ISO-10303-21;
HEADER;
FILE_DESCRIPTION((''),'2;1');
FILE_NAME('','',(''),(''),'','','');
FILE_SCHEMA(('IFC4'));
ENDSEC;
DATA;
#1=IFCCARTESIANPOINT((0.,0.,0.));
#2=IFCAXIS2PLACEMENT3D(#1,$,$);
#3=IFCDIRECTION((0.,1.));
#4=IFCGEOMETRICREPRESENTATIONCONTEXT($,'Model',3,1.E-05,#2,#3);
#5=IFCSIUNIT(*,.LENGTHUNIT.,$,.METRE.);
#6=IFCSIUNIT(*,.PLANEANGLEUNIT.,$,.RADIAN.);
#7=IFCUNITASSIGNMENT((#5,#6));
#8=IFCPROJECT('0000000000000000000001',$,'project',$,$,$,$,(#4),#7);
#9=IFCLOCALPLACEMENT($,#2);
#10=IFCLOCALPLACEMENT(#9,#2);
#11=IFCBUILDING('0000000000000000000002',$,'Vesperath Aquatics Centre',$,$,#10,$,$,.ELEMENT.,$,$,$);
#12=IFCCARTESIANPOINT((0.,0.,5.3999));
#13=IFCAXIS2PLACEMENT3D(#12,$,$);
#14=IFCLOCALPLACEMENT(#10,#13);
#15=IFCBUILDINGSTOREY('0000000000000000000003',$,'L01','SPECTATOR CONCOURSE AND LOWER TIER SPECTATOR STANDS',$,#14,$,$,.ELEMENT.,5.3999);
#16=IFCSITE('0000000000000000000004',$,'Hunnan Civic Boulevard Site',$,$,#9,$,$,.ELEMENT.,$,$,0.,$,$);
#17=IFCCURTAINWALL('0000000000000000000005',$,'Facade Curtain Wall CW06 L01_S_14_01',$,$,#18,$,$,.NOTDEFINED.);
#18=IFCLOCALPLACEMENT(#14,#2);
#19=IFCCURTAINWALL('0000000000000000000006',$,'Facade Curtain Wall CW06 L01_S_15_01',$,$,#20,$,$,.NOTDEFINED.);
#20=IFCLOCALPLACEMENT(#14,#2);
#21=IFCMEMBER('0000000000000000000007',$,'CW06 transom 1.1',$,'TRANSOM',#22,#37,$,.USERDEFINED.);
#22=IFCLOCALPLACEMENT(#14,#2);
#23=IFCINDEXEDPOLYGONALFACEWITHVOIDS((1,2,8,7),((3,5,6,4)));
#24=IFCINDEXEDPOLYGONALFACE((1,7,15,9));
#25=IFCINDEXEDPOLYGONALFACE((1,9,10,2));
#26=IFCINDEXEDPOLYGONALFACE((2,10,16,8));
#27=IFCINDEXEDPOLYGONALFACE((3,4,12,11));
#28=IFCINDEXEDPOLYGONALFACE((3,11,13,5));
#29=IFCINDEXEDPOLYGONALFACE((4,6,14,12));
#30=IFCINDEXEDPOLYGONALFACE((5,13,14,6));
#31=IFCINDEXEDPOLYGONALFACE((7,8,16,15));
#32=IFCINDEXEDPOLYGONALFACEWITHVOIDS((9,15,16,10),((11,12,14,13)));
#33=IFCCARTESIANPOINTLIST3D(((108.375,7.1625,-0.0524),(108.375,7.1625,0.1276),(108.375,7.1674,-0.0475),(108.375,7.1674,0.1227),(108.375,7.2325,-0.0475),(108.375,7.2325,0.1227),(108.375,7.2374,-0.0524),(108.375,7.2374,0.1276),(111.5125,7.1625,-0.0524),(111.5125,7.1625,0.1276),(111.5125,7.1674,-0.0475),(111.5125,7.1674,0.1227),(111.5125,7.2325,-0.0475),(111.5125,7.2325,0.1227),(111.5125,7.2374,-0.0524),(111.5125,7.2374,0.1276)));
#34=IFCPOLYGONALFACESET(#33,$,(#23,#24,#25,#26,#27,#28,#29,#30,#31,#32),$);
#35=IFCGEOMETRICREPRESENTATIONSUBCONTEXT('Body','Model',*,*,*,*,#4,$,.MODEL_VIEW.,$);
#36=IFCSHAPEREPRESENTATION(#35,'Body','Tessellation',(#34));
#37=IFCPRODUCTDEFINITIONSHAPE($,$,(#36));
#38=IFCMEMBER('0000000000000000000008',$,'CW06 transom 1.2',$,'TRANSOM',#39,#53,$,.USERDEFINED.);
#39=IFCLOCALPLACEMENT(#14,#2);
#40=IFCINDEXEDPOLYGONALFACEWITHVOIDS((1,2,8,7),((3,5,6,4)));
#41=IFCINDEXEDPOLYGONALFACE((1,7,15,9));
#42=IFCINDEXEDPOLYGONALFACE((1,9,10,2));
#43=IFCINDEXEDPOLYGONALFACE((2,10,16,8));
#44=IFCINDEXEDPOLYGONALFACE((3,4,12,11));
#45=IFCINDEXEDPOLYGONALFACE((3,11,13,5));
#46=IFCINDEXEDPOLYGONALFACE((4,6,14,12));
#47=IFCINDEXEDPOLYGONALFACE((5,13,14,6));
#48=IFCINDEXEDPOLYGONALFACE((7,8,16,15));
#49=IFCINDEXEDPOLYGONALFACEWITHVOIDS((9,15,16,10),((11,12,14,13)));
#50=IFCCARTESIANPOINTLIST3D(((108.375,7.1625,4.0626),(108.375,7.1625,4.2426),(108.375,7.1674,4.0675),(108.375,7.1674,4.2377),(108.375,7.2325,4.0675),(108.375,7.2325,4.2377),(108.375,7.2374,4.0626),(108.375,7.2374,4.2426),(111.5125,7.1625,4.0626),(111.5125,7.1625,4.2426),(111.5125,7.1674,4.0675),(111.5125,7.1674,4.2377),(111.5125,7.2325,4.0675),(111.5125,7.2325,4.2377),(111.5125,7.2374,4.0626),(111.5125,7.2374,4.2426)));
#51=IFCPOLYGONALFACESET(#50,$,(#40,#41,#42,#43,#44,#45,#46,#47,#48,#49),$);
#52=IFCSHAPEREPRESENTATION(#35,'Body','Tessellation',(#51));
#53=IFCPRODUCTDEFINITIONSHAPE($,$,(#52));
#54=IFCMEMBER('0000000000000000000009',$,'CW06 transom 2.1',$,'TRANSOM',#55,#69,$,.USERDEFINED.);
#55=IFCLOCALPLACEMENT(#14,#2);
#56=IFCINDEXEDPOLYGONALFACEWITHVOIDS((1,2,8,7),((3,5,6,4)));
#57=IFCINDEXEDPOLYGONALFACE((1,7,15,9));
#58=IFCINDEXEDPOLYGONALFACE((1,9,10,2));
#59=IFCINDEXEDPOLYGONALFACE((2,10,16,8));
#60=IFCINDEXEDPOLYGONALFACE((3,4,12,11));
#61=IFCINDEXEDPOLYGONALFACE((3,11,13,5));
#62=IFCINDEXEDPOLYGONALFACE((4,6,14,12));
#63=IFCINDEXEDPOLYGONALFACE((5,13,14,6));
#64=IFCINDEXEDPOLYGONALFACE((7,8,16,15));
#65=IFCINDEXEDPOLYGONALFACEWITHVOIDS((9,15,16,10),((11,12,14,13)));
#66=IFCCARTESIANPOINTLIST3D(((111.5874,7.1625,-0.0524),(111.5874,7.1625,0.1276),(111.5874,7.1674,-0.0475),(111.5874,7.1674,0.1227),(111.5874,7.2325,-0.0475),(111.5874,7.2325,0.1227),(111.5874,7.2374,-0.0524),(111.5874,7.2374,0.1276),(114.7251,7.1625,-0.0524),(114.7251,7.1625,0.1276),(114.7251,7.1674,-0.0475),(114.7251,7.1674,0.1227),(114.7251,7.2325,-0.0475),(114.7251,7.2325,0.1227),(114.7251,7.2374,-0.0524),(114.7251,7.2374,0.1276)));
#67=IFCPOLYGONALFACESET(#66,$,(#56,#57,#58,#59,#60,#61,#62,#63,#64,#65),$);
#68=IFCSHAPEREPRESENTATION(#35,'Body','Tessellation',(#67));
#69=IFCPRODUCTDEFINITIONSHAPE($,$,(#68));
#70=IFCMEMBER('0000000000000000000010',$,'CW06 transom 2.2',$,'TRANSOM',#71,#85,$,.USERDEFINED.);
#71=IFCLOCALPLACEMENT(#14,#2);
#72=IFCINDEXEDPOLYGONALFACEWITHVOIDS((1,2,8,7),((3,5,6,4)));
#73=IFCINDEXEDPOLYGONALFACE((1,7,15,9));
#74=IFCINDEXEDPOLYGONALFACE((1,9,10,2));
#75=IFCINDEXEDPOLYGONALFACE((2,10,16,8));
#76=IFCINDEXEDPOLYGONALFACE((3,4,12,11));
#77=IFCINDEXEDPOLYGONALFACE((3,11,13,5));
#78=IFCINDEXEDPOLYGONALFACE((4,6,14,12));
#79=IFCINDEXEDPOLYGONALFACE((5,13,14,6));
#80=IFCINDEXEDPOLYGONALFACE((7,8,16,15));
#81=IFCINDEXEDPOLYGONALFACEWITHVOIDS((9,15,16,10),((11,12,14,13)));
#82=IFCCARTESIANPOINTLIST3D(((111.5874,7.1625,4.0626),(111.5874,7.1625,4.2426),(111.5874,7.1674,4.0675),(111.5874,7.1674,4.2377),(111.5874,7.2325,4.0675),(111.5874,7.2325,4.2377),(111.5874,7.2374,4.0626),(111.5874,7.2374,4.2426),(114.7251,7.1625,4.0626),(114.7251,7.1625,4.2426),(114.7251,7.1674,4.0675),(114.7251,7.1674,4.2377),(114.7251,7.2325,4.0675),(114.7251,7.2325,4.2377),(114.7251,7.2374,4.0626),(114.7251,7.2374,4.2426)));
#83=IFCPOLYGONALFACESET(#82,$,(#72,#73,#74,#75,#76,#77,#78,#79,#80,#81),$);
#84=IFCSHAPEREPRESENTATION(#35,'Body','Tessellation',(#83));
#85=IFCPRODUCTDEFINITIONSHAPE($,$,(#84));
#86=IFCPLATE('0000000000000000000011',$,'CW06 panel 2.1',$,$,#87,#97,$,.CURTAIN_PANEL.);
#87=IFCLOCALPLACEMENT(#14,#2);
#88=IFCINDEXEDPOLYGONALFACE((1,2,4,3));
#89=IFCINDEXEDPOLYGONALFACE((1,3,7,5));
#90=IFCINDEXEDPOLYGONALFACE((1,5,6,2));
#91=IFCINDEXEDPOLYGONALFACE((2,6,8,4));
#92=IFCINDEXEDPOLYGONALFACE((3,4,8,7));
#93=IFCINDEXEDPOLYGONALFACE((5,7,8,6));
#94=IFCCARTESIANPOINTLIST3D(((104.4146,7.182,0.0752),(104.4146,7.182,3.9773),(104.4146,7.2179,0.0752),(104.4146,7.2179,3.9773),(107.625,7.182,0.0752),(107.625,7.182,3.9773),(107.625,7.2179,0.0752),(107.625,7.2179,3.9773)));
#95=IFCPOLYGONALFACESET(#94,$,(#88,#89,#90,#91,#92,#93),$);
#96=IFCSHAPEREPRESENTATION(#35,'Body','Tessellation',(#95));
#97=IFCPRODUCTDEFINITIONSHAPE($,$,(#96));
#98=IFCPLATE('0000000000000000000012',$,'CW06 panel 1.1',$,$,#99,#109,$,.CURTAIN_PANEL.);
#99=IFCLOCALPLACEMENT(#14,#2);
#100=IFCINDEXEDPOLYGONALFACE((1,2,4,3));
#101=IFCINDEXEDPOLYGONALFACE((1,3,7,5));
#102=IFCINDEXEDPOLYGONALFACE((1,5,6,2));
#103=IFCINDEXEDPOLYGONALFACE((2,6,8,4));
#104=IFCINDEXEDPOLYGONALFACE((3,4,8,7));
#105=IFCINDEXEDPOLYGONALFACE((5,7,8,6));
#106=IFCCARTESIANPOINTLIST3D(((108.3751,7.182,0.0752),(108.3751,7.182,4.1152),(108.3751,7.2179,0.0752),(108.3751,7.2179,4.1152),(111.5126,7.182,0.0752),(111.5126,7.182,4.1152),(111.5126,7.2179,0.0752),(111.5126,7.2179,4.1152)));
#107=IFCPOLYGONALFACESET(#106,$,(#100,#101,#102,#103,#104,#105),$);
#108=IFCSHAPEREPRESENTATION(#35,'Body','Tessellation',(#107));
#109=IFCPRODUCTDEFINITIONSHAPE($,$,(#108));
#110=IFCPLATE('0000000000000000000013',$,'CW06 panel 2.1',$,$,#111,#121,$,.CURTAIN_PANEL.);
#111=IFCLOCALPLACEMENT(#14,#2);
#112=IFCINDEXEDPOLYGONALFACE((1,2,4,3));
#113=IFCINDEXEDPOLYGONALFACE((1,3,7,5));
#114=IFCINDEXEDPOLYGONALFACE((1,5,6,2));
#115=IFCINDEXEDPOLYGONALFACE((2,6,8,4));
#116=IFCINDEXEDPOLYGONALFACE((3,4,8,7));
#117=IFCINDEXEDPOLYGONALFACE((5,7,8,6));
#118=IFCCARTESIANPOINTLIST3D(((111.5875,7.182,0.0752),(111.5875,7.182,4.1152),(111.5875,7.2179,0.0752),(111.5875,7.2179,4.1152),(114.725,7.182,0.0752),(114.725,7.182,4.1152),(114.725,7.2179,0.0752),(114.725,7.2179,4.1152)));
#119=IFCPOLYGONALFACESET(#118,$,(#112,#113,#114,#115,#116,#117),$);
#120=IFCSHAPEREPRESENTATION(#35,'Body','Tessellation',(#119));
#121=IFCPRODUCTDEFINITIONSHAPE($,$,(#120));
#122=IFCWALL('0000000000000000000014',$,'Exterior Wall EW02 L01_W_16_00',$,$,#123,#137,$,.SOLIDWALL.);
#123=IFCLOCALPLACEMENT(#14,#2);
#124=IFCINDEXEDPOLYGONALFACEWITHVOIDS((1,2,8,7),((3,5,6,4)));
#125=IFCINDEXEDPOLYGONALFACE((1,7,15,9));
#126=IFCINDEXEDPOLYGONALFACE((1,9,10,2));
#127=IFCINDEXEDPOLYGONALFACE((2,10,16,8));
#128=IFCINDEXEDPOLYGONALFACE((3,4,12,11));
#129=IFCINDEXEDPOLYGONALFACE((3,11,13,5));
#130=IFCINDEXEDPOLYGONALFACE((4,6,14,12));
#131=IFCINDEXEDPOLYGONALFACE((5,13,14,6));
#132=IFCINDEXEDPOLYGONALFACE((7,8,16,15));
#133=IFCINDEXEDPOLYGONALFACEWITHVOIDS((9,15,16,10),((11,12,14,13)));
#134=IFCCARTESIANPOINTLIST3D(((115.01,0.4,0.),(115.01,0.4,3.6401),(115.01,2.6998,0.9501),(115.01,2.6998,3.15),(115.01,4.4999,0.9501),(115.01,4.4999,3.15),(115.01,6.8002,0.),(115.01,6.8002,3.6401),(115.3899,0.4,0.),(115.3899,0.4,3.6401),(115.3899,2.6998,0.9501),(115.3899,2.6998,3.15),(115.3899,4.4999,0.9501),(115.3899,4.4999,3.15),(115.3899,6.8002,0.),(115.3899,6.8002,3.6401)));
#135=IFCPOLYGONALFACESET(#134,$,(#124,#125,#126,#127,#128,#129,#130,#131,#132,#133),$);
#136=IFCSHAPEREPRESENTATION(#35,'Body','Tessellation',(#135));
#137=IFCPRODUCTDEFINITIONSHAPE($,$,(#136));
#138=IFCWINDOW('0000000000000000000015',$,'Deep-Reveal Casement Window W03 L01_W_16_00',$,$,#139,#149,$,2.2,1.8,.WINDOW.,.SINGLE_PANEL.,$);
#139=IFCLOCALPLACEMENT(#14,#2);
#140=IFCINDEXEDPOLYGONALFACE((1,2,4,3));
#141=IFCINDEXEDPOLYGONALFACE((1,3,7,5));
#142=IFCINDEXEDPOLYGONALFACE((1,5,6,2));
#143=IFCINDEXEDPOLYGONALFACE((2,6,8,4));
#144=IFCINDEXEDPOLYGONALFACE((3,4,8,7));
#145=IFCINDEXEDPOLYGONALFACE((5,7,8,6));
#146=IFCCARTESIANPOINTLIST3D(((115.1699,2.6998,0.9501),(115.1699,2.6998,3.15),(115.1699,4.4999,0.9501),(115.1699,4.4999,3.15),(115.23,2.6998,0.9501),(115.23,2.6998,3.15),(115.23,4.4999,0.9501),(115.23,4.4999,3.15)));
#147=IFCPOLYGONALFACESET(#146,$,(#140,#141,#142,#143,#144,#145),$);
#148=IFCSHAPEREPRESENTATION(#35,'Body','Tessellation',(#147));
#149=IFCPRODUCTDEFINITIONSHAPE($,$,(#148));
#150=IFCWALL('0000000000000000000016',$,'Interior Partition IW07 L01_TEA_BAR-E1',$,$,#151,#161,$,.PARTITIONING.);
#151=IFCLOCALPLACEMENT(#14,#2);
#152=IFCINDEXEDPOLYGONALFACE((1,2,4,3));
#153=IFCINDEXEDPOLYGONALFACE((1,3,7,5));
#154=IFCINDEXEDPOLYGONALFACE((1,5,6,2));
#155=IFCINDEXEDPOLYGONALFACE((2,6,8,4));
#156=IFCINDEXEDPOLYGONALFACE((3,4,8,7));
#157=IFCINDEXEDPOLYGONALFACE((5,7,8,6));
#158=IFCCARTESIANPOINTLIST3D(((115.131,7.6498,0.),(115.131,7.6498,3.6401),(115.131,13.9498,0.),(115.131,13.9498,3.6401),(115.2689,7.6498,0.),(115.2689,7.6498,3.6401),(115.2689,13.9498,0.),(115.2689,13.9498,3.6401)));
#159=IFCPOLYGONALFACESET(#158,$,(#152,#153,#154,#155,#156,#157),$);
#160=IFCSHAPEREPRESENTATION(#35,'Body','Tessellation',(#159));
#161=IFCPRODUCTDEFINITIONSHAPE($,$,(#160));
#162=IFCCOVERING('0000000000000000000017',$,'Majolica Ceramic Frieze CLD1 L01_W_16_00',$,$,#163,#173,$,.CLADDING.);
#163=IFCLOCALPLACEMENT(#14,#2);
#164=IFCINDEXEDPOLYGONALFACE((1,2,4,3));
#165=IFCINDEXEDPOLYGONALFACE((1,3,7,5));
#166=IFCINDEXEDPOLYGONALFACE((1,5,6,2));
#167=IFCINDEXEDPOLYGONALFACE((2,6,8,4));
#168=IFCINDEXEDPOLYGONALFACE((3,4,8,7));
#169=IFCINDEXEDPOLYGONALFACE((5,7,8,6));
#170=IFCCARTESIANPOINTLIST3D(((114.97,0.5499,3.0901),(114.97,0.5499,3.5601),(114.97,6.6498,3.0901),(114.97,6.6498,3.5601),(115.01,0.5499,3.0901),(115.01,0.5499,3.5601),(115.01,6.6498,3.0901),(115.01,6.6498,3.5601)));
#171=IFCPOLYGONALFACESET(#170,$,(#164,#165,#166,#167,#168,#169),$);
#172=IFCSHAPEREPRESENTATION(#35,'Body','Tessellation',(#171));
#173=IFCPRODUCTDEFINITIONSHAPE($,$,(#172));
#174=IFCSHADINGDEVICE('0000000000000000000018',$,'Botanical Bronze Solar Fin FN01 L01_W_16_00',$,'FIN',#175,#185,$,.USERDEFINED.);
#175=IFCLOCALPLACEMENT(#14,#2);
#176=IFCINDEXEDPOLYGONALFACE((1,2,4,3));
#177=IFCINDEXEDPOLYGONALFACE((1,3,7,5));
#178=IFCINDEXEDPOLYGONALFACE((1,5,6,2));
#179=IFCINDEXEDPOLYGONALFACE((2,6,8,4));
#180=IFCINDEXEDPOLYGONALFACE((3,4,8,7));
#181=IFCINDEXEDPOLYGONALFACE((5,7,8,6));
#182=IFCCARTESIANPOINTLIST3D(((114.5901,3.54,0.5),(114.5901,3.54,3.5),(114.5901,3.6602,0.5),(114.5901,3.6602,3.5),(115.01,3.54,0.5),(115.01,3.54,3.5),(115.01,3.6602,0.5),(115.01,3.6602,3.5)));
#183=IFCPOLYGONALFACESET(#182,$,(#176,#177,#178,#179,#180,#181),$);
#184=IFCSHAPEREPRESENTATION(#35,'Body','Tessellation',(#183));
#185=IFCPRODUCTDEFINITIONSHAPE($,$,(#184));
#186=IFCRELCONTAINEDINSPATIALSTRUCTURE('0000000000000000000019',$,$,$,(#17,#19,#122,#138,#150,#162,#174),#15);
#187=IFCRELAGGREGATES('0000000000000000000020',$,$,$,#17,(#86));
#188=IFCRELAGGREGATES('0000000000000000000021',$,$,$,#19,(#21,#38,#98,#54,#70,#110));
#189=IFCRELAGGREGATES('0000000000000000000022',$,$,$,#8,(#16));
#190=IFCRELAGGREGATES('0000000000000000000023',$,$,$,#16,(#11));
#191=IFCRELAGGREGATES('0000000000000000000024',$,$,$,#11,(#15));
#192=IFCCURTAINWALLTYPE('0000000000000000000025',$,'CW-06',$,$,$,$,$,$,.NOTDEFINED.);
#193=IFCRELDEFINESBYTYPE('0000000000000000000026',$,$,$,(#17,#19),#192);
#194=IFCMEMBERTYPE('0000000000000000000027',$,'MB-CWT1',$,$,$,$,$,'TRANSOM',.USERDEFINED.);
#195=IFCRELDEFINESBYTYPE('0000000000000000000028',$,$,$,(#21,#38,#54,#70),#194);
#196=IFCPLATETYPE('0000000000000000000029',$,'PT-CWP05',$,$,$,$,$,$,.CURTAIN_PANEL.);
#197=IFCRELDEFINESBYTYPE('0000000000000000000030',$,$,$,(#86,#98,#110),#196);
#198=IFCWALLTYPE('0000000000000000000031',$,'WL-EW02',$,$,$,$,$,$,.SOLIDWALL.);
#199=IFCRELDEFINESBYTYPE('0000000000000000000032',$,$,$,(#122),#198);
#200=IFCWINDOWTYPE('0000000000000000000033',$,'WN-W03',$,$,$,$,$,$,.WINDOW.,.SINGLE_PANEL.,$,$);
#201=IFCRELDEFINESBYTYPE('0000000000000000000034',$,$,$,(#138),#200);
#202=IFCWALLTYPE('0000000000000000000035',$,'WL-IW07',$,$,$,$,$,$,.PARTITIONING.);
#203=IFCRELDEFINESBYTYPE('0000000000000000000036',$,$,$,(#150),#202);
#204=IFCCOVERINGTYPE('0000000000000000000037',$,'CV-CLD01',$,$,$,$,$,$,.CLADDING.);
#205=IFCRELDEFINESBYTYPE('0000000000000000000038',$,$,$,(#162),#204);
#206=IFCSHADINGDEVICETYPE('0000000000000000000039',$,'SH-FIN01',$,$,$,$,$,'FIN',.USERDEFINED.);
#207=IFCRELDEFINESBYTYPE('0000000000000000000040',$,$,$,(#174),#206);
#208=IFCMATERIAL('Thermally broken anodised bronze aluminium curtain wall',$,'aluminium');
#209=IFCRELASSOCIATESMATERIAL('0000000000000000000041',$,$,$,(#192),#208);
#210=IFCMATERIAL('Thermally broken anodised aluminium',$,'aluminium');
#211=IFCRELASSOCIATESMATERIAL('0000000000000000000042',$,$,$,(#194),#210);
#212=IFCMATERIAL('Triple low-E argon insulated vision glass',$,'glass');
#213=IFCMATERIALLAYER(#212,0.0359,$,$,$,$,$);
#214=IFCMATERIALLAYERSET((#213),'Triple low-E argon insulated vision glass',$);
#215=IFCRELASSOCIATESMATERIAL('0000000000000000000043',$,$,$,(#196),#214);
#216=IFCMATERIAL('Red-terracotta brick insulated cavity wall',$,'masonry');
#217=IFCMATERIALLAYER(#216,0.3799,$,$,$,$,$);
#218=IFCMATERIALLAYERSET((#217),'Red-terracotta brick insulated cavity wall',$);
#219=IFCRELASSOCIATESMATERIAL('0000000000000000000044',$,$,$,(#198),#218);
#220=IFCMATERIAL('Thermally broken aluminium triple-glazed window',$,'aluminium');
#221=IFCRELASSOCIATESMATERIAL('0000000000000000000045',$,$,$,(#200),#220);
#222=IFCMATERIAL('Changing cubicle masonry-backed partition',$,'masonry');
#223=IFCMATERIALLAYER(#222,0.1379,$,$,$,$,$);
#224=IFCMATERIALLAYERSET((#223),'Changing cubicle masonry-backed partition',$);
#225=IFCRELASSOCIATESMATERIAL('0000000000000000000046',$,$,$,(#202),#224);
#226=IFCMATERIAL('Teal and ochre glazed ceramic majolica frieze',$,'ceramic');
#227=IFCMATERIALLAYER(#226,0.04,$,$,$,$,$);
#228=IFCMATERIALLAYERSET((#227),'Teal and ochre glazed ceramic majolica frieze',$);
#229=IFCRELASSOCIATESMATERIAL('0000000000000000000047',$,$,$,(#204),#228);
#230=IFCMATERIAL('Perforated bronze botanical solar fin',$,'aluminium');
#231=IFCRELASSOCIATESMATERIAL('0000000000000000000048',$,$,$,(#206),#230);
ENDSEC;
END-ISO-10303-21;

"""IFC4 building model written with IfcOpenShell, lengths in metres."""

from ifc_helpers import new_model, si_unit, direction, frame, frame_2d, origin, origin_2d, place, context, subcontext, project, spatial, rectangle, hollow_rectangle, extrude, material, layer, layer_set, material_profile, profile_set, type_object, element, fill, aggregate, save


model = new_model("IFC4")

# Units and contexts
model_context = context("Model", 3, precision=1e-05, world=origin(), true_north=direction((0.0, 1.0)))
body_context = subcontext(model_context, "Body", "Model", "MODEL_VIEW")
ifc_project = project(units=[si_unit("LENGTHUNIT", "METRE"), si_unit("PLANEANGLEUNIT", "RADIAN")], contexts=[model_context])

# Site, building, storey
site_placement = place(None, origin())
site = spatial("IfcSite", under=ifc_project, at=site_placement, Name="Hunnan Civic Boulevard Site", CompositionType="ELEMENT", RefElevation=0.0)
building_placement = place(site_placement, origin())
building = spatial("IfcBuilding", under=site, at=building_placement, Name="Vesperath Aquatics Centre", CompositionType="ELEMENT")
storey_placement = place(building_placement, frame((0.0, 0.0, 5.3999)))
storey = spatial("IfcBuildingStorey", under=building, at=storey_placement, Name="L01", Description="SPECTATOR CONCOURSE AND LOWER TIER SPECTATOR STANDS", CompositionType="ELEMENT", Elevation=5.3999)

# Shared definitions
ifc_material_1 = material(Name="Thermally broken anodised bronze aluminium curtain wall", Category="aluminium")
curtain_wall_type = type_object("IfcCurtainWallType", Name="CW-06", PredefinedType="NOTDEFINED", material=ifc_material_1)
ifc_material_2 = material(Name="Thermally broken anodised aluminium", Category="aluminium")

# Curtain walls
curtain_wall_1_placement = place(storey_placement, origin())
curtain_wall_1 = element("IfcCurtainWall", 1, at=curtain_wall_1_placement, inside=storey, type_object=curtain_wall_type, Name="Facade Curtain Wall CW06 L01_S_14_01", PredefinedType="NOTDEFINED")
curtain_wall_2_placement = place(storey_placement, origin())
curtain_wall_2 = element("IfcCurtainWall", 2, at=curtain_wall_2_placement, inside=storey, type_object=curtain_wall_type, Name="Facade Curtain Wall CW06 L01_S_15_01", PredefinedType="NOTDEFINED")

# Members
ifc_material_profile_1 = material_profile(ifc_material_2, hollow_rectangle(XDim=0.075, YDim=0.1799, WallThickness=0.0049, at=origin_2d()), Name="CWT 75x180x5")
ifc_profile_set_1 = profile_set([ifc_material_profile_1], Name="Thermally broken anodised aluminium")
member_type_1 = type_object("IfcMemberType", Name="MB-CWT1", ElementType="TRANSOM", PredefinedType="USERDEFINED", material=ifc_profile_set_1)
member_1_placement = place(storey_placement, frame((108.375, 7.2, 0.0376), z_axis=(1.0, 0.0, 0.0), x_axis=(0.0, 1.0, 0.0)))
member_1 = element("IfcMember", 3, at=member_1_placement, type_object=member_type_1, Name="CW06 transom 1.1", ObjectType="TRANSOM", PredefinedType="USERDEFINED", context=body_context, shape_type="SweptSolid", body=[
    extrude(hollow_rectangle(XDim=0.075, YDim=0.1799, WallThickness=0.0049, at=origin_2d()), origin(), (0.0, 0.0, 1.0), 3.1375),
])
member_2_placement = place(storey_placement, frame((108.375, 7.2, 4.1526), z_axis=(1.0, 0.0, 0.0), x_axis=(0.0, 1.0, 0.0)))
member_2 = element("IfcMember", 4, at=member_2_placement, type_object=member_type_1, Name="CW06 transom 1.2", ObjectType="TRANSOM", PredefinedType="USERDEFINED", context=body_context, shape_type="SweptSolid", body=[
    extrude(hollow_rectangle(XDim=0.075, YDim=0.1799, WallThickness=0.0049, at=origin_2d()), origin(), (0.0, 0.0, 1.0), 3.1375),
])
member_3_placement = place(storey_placement, frame((111.5874, 7.2, 0.0376), z_axis=(1.0, 0.0, 0.0), x_axis=(0.0, 1.0, 0.0)))
member_3 = element("IfcMember", 5, at=member_3_placement, type_object=member_type_1, Name="CW06 transom 2.1", ObjectType="TRANSOM", PredefinedType="USERDEFINED", context=body_context, shape_type="SweptSolid", body=[
    extrude(hollow_rectangle(XDim=0.075, YDim=0.1799, WallThickness=0.0049, at=origin_2d()), origin(), (0.0, 0.0, 1.0), 3.1377),
])
member_4_placement = place(storey_placement, frame((111.5874, 7.2, 4.1526), z_axis=(1.0, 0.0, 0.0), x_axis=(0.0, 1.0, 0.0)))
member_4 = element("IfcMember", 6, at=member_4_placement, type_object=member_type_1, Name="CW06 transom 2.2", ObjectType="TRANSOM", PredefinedType="USERDEFINED", context=body_context, shape_type="SweptSolid", body=[
    extrude(hollow_rectangle(XDim=0.075, YDim=0.1799, WallThickness=0.0049, at=origin_2d()), origin(), (0.0, 0.0, 1.0), 3.1377),
])

# Plates
ifc_material_3 = material(Name="Triple low-E argon insulated vision glass", Category="glass")
ifc_layer_1 = layer(ifc_material_3, 0.0359)
ifc_layer_set_1 = layer_set([ifc_layer_1], Name="Triple low-E argon insulated vision glass")
plate_type = type_object("IfcPlateType", Name="PT-CWP05", PredefinedType="CURTAIN_PANEL", material=ifc_layer_set_1)
plate_1_placement = place(storey_placement, frame((106.0198, 7.2, 0.0752), z_axis=(0.0, 0.0, 1.0), x_axis=(1.0, 0.0, 0.0)))
plate_1 = element("IfcPlate", 7, at=plate_1_placement, type_object=plate_type, Name="CW06 panel 2.1", PredefinedType="CURTAIN_PANEL", context=body_context, shape_type="SweptSolid", body=[
    extrude(rectangle(XDim=3.2104, YDim=0.0359, at=origin_2d()), origin(), (0.0, 0.0, 1.0), 3.9021),
])
aggregate(curtain_wall_1, [plate_1])
plate_2_placement = place(storey_placement, frame((109.9438, 7.2, 0.0752), z_axis=(0.0, 0.0, 1.0), x_axis=(1.0, 0.0, 0.0)))
plate_2 = element("IfcPlate", 8, at=plate_2_placement, type_object=plate_type, Name="CW06 panel 1.1", PredefinedType="CURTAIN_PANEL", context=body_context, shape_type="SweptSolid", body=[
    extrude(rectangle(XDim=3.1375, YDim=0.0359, at=origin_2d()), origin(), (0.0, 0.0, 1.0), 4.04),
])
plate_3_placement = place(storey_placement, frame((113.1562, 7.2, 0.0752), z_axis=(0.0, 0.0, 1.0), x_axis=(1.0, 0.0, 0.0)))
plate_3 = element("IfcPlate", 9, at=plate_3_placement, type_object=plate_type, Name="CW06 panel 2.1", PredefinedType="CURTAIN_PANEL", context=body_context, shape_type="SweptSolid", body=[
    extrude(rectangle(XDim=3.1375, YDim=0.0359, at=origin_2d()), origin(), (0.0, 0.0, 1.0), 4.04),
])
aggregate(curtain_wall_2, [member_1, member_2, plate_2, member_3, member_4, plate_3])

# Wall, opening, window
ifc_material_4 = material(Name="Red-terracotta brick insulated cavity wall", Category="masonry")
ifc_layer_2 = layer(ifc_material_4, 0.3799)
ifc_layer_set_2 = layer_set([ifc_layer_2], Name="Red-terracotta brick insulated cavity wall")
wall_type_1 = type_object("IfcWallType", Name="WL-EW02", PredefinedType="SOLIDWALL", material=ifc_layer_set_2)
wall_1_placement = place(storey_placement, frame((115.2, 0.3999, 0.0), z_axis=(0.0, 0.0, 1.0), x_axis=(0.0, 1.0, 0.0)))
wall_1 = element("IfcWall", 10, at=wall_1_placement, inside=storey, type_object=wall_type_1, Name="Exterior Wall EW02 L01_W_16_00", PredefinedType="SOLIDWALL", context=body_context, shape_type="SweptSolid", body=[
    extrude(rectangle(XDim=6.4001, YDim=0.3799, at=frame_2d((3.2002, 0.0))), origin(), (0.0, 0.0, 1.0), 3.6401),
])
opening_placement = place(wall_1_placement, frame((2.3, 0.0, 0.95)))
opening = element("IfcOpeningElement", 11, at=opening_placement, cuts=wall_1, PredefinedType="OPENING", context=body_context, shape_type="SweptSolid", body=[
    extrude(rectangle(XDim=1.8, YDim=2.2, at=frame_2d((0.8999, 1.1001))), frame((0.0, 0.2048, 0.0), z_axis=(0.0, -1.0, 0.0), x_axis=(1.0, 0.0, 0.0)), (0.0, 0.0, 1.0), 0.4097),
])
ifc_material_5 = material(Name="Thermally broken aluminium triple-glazed window", Category="aluminium")
window_type = type_object("IfcWindowType", Name="WN-W03", PartitioningType="SINGLE_PANEL", PredefinedType="WINDOW", material=ifc_material_5)
window_placement = place(opening_placement, origin())
window = element("IfcWindow", 12, at=window_placement, inside=storey, type_object=window_type, Name="Deep-Reveal Casement Window W03 L01_W_16_00", OverallHeight=2.2, OverallWidth=1.8, PartitioningType="SINGLE_PANEL", PredefinedType="WINDOW", context=body_context, shape_type="SweptSolid", body=[
    extrude(rectangle(XDim=1.8, YDim=2.2, at=frame_2d((0.8999, 1.1001))), frame((0.0, 0.03, 0.0), z_axis=(0.0, -1.0, 0.0), x_axis=(1.0, 0.0, 0.0)), (0.0, 0.0, 1.0), 0.0601),
])
fill(opening, window)

# Wall
ifc_material_6 = material(Name="Changing cubicle masonry-backed partition", Category="masonry")
ifc_layer_3 = layer(ifc_material_6, 0.1379)
ifc_layer_set_3 = layer_set([ifc_layer_3], Name="Changing cubicle masonry-backed partition")
wall_type_2 = type_object("IfcWallType", Name="WL-IW07", PredefinedType="PARTITIONING", material=ifc_layer_set_3)
wall_2_placement = place(storey_placement, frame((115.2, 7.6499, 0.0), z_axis=(0.0, 0.0, 1.0), x_axis=(0.0, 1.0, 0.0)))
element("IfcWall", 13, at=wall_2_placement, inside=storey, type_object=wall_type_2, Name="Interior Partition IW07 L01_TEA_BAR-E1", PredefinedType="PARTITIONING", context=body_context, shape_type="SweptSolid", body=[
    extrude(rectangle(XDim=6.3, YDim=0.1379, at=frame_2d((3.1499, 0.0))), origin(), (0.0, 0.0, 1.0), 3.6401),
])

# Covering
ifc_material_7 = material(Name="Teal and ochre glazed ceramic majolica frieze", Category="ceramic")
ifc_layer_4 = layer(ifc_material_7, 0.04)
ifc_layer_set_4 = layer_set([ifc_layer_4], Name="Teal and ochre glazed ceramic majolica frieze")
covering_type = type_object("IfcCoveringType", Name="CV-CLD01", PredefinedType="CLADDING", material=ifc_layer_set_4)
covering_placement = place(storey_placement, frame((114.99, 0.55, 3.0901), z_axis=(0.0, 0.0, 1.0), x_axis=(0.0, 1.0, 0.0)))
element("IfcCovering", 14, at=covering_placement, inside=storey, type_object=covering_type, Name="Majolica Ceramic Frieze CLD1 L01_W_16_00", PredefinedType="CLADDING", context=body_context, shape_type="SweptSolid", body=[
    extrude(rectangle(XDim=6.0999, YDim=0.04, at=frame_2d((3.0498, 0.0))), origin(), (0.0, 0.0, 1.0), 0.47),
])

# Shading device
ifc_material_8 = material(Name="Perforated bronze botanical solar fin", Category="aluminium")
shading_device_type = type_object("IfcShadingDeviceType", Name="SH-FIN01", ElementType="FIN", PredefinedType="USERDEFINED", material=ifc_material_8)
shading_device_placement = place(storey_placement, frame((114.8, 3.6001, 0.5), z_axis=(0.0, 0.0, 1.0), x_axis=(1.0, 0.0, 0.0)))
element("IfcShadingDevice", 15, at=shading_device_placement, inside=storey, type_object=shading_device_type, Name="Botanical Bronze Solar Fin FN01 L01_W_16_00", ObjectType="FIN", PredefinedType="USERDEFINED", context=body_context, shape_type="SweptSolid", body=[
    extrude(rectangle(XDim=0.4199, YDim=0.1201, at=origin_2d()), origin(), (0.0, 0.0, 1.0), 3.0),
])

save(model, "model.ifc")
